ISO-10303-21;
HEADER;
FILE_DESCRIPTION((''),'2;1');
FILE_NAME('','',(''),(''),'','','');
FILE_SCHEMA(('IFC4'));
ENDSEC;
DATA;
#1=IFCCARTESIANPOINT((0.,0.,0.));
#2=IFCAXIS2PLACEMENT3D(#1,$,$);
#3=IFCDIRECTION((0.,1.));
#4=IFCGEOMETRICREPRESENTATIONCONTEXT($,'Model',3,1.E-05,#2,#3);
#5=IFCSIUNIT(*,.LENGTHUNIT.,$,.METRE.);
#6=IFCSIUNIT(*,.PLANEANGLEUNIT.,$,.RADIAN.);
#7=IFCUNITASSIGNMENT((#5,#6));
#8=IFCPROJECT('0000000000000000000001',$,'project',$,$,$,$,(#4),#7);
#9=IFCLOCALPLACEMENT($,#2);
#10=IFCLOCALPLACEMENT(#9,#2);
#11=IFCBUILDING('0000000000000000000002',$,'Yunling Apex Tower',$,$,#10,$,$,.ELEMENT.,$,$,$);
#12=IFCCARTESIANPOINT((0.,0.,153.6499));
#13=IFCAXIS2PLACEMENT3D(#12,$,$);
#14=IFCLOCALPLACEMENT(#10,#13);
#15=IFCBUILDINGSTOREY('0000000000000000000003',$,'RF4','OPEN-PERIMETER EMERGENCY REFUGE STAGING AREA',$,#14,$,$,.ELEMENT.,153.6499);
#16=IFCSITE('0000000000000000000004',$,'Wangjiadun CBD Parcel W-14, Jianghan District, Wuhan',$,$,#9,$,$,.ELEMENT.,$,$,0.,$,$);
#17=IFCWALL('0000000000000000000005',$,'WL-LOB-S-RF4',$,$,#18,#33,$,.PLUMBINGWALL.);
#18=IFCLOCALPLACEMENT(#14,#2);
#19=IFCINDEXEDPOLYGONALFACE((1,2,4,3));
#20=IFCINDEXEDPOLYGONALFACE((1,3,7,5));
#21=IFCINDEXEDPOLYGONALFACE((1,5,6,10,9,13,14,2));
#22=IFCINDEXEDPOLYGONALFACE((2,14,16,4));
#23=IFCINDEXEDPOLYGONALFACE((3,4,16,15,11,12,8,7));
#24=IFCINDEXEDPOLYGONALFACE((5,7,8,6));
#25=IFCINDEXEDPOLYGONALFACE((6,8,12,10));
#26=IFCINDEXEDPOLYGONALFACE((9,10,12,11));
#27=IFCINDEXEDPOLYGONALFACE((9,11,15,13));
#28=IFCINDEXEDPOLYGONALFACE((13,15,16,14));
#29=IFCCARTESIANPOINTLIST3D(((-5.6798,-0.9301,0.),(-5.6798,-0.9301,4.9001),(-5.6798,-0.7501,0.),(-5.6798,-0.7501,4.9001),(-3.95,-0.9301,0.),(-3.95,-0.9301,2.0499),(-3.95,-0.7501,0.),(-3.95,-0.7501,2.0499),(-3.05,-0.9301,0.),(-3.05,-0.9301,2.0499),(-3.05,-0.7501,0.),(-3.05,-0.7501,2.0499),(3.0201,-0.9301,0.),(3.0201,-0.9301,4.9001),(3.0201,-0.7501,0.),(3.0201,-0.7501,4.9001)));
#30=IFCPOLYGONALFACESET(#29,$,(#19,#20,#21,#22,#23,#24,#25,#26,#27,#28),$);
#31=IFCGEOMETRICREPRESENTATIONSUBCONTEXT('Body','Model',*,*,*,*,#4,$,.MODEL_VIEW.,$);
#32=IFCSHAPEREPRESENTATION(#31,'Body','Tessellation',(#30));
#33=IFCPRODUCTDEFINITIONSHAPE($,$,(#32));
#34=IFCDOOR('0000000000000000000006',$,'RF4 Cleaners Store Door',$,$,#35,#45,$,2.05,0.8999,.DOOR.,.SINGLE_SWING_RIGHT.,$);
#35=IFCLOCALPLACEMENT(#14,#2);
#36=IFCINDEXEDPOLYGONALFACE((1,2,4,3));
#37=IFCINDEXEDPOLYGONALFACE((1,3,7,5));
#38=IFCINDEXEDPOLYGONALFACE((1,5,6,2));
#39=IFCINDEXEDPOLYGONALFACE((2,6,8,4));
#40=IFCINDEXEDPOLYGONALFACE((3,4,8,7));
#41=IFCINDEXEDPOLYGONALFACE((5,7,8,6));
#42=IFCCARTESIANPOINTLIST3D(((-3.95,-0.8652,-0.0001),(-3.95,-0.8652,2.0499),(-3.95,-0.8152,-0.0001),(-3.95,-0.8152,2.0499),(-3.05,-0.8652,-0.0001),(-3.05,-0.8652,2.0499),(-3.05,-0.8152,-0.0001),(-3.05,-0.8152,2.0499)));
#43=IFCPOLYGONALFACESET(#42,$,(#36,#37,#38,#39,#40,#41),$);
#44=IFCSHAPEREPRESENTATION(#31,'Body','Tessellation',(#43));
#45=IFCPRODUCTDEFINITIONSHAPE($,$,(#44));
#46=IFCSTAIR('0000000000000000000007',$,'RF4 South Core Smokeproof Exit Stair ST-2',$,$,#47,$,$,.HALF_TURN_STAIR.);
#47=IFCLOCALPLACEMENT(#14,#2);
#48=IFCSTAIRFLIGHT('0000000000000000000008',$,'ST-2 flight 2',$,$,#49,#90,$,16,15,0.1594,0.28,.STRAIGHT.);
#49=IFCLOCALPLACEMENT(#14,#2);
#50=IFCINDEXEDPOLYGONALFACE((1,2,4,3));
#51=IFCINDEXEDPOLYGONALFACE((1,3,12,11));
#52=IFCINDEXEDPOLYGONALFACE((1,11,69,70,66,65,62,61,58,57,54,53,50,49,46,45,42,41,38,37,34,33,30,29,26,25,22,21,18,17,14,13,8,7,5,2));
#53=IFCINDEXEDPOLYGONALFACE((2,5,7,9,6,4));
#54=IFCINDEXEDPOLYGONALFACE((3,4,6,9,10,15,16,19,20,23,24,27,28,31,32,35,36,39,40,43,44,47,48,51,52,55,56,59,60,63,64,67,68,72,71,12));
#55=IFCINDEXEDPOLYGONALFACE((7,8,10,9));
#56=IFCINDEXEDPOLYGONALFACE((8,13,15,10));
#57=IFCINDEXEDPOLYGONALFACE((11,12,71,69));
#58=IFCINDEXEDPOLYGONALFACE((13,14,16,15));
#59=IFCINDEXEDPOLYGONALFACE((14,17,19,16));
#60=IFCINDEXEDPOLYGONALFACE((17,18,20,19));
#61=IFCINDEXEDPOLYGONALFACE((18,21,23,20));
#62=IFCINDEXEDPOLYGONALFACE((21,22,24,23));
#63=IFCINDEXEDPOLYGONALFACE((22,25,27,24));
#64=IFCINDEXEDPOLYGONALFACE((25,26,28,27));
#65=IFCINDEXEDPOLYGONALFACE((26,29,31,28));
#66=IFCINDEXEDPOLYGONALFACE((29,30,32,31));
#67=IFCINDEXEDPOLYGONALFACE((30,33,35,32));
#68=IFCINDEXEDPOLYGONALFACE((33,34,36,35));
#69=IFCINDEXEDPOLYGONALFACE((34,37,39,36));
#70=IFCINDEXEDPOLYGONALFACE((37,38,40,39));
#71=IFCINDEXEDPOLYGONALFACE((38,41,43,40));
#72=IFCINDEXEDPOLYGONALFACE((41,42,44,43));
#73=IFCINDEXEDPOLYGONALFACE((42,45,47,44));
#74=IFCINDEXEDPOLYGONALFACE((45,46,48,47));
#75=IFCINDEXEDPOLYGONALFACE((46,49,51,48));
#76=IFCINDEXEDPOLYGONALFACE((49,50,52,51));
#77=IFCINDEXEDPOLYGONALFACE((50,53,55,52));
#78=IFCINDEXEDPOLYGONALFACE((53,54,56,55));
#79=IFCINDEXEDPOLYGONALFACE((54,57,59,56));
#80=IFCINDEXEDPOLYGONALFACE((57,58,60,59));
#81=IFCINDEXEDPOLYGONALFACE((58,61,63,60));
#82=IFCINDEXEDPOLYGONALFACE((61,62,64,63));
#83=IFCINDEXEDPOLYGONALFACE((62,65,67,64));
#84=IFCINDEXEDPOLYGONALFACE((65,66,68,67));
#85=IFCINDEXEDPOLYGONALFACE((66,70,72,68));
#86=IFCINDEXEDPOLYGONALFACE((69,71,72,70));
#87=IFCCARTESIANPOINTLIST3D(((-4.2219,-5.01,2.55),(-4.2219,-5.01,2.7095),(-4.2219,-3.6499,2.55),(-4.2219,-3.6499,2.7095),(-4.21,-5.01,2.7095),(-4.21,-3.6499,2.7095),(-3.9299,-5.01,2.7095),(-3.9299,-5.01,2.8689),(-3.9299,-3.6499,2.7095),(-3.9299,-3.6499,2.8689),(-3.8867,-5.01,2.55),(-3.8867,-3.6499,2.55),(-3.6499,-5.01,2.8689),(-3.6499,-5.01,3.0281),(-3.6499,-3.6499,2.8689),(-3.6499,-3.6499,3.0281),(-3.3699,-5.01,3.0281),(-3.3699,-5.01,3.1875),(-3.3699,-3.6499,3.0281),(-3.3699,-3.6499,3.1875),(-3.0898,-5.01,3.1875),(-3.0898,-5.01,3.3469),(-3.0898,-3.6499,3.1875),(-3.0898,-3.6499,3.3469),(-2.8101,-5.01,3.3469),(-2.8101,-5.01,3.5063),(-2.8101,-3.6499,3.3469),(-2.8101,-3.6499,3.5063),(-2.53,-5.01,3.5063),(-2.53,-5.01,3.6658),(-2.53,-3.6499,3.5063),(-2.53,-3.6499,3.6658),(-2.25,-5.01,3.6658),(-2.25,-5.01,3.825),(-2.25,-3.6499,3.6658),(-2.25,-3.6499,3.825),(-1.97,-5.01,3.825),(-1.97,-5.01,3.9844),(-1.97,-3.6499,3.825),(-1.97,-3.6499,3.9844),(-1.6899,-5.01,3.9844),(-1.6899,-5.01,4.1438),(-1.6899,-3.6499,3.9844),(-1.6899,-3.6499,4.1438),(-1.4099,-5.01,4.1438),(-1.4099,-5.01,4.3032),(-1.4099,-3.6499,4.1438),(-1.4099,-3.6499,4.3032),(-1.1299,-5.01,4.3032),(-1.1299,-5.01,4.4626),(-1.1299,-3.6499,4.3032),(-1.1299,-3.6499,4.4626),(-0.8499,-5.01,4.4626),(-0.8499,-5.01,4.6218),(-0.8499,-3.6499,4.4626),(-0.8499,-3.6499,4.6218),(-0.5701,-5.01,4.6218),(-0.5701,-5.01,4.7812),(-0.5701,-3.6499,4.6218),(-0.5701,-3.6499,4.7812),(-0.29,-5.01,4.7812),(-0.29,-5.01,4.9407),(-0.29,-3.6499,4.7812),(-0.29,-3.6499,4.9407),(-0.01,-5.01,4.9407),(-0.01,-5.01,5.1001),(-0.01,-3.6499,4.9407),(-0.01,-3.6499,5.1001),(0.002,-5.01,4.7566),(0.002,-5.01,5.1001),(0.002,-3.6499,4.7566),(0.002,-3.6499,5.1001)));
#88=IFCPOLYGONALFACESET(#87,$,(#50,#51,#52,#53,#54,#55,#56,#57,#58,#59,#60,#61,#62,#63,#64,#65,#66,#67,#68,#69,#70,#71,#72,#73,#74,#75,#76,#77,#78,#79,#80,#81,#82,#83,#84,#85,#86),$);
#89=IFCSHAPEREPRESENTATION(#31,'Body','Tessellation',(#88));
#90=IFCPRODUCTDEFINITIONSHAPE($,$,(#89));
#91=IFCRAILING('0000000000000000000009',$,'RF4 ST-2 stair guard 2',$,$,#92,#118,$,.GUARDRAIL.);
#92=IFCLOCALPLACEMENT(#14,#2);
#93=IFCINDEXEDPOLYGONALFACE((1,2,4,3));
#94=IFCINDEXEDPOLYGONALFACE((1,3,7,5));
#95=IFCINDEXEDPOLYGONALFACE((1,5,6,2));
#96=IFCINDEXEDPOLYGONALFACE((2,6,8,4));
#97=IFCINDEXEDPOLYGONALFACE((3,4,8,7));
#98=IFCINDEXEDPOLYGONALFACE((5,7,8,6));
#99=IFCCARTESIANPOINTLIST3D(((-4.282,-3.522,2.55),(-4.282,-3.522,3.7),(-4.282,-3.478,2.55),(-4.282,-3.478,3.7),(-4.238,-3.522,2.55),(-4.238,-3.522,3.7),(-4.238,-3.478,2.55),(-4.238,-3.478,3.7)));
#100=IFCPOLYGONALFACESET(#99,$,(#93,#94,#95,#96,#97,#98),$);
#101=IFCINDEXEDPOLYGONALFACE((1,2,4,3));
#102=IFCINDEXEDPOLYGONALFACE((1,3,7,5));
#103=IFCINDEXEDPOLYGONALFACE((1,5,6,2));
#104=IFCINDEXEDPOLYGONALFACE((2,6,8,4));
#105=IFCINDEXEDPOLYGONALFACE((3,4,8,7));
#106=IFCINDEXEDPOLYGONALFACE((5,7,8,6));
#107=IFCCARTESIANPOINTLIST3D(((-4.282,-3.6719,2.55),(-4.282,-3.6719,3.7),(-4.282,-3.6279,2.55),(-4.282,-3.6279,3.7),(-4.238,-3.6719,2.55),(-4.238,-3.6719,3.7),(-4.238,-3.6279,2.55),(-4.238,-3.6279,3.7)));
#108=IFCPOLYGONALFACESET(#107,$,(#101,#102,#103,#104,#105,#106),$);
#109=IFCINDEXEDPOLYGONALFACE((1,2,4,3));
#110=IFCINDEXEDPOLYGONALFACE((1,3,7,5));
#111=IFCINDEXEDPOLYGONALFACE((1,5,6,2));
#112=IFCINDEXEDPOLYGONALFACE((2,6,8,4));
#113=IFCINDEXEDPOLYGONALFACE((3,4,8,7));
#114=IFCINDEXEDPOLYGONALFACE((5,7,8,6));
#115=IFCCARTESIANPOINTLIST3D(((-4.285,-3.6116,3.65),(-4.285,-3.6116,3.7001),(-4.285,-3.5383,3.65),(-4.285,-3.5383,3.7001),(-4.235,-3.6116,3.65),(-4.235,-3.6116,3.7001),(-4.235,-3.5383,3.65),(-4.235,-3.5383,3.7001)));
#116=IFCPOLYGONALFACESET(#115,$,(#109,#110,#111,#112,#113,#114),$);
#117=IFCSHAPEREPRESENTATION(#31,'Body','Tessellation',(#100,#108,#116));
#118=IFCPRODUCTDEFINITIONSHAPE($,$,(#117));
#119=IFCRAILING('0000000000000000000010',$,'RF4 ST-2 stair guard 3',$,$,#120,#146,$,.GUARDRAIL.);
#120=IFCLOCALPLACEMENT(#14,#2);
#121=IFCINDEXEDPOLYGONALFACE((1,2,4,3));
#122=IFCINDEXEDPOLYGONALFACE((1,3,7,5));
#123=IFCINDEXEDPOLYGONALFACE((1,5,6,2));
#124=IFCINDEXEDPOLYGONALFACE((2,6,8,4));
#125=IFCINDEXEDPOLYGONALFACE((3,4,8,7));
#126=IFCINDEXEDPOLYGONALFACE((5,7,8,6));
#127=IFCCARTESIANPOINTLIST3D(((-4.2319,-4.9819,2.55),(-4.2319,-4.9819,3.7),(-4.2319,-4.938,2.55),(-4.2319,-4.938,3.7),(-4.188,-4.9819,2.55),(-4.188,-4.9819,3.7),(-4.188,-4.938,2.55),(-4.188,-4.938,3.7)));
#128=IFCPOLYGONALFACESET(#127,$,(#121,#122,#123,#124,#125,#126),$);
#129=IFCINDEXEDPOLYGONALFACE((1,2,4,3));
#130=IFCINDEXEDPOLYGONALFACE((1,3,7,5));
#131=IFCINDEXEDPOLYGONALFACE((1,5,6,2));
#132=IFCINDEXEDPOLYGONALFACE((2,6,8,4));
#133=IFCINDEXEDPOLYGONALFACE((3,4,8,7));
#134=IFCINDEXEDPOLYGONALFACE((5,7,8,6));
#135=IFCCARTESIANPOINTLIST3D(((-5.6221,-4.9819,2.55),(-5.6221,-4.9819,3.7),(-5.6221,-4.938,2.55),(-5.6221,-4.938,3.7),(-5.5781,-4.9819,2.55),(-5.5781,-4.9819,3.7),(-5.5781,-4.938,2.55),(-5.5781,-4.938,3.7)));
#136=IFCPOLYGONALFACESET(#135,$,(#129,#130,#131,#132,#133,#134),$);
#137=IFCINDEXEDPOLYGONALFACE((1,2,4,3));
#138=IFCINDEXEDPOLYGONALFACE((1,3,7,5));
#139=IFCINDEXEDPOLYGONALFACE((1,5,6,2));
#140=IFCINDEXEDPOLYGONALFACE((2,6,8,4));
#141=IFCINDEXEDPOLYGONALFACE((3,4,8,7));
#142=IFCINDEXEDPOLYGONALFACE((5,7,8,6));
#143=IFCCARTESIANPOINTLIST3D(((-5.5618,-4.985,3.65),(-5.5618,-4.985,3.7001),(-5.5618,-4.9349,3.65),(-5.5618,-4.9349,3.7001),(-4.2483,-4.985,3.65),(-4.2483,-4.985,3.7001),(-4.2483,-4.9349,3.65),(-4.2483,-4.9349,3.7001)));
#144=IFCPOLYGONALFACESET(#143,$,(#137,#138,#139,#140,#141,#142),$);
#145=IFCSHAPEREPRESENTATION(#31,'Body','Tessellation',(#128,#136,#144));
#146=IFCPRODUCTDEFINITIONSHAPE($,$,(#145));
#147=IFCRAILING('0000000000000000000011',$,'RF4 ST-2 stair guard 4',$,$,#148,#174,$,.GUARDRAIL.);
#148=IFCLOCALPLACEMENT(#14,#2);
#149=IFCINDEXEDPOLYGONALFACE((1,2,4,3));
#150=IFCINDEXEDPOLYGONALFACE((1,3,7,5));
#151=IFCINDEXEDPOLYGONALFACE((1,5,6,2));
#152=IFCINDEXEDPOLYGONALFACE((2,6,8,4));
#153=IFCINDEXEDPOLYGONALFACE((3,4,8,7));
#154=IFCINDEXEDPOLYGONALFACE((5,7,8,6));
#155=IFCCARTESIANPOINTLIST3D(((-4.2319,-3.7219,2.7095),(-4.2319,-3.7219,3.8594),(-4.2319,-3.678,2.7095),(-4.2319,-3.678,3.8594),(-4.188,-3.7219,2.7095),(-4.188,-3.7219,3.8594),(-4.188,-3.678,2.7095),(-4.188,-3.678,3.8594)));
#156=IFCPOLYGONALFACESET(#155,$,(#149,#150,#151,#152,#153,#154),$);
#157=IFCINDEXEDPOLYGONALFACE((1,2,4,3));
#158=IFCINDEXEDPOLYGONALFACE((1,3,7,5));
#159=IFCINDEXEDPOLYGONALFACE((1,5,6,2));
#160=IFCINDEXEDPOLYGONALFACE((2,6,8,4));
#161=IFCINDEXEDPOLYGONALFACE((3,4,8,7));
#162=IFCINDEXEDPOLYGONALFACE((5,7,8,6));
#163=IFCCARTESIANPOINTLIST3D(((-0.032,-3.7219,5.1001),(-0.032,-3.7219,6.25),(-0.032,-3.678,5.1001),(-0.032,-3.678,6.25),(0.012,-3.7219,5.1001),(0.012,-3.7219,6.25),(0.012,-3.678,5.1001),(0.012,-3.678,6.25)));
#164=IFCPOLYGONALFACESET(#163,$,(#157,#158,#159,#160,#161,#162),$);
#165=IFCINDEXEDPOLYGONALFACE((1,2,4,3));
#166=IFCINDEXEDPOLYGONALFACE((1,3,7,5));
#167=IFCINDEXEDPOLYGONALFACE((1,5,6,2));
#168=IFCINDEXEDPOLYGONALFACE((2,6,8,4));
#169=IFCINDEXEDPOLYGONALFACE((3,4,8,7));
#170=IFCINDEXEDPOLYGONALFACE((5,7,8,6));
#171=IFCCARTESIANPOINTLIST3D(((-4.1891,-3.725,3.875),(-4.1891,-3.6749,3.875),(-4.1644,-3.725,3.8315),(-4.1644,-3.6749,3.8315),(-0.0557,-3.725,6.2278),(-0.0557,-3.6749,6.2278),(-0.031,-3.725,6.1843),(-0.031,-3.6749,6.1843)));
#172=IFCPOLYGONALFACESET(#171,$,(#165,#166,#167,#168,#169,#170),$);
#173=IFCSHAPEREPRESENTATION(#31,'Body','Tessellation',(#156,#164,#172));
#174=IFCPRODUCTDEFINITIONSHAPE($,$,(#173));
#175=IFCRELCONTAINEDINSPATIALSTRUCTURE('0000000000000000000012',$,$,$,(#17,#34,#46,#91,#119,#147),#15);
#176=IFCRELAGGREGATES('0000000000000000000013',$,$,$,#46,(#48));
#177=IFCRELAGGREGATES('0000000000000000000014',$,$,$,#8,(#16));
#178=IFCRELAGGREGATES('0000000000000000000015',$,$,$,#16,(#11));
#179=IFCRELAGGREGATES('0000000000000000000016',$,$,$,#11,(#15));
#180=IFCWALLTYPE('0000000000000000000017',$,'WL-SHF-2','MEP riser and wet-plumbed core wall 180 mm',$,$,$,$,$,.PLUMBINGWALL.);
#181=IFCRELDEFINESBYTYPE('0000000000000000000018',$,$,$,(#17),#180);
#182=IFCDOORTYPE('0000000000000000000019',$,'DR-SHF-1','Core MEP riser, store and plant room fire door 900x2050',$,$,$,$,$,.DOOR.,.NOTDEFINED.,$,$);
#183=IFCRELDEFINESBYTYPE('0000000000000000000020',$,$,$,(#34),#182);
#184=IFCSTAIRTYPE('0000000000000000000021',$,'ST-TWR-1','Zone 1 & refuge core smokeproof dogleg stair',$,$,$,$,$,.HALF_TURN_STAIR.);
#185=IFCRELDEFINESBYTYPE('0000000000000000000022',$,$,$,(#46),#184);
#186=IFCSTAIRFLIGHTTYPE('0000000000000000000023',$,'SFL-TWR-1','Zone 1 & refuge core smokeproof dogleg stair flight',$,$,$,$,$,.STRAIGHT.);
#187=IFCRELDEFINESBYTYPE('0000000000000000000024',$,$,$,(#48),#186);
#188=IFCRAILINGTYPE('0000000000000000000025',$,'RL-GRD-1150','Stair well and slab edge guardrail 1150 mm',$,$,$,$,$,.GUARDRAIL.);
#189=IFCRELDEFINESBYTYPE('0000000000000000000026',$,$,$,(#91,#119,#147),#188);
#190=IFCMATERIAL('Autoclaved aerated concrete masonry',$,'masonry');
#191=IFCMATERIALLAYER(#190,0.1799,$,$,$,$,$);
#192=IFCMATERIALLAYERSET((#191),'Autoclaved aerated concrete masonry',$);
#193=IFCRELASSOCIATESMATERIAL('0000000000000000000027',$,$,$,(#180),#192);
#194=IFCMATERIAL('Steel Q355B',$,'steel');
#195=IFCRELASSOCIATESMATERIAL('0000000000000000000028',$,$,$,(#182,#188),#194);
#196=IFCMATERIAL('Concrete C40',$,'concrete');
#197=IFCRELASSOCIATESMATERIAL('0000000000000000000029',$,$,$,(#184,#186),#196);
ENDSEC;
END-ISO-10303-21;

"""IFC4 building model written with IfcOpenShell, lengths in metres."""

from ifc_helpers import new_model, si_unit, direction, frame, frame_2d, origin, origin_2d, place, context, subcontext, project, spatial, polyline, rectangle, outline, extrude, material, layer, layer_set, type_object, element, fill, aggregate, save


model = new_model("IFC4")

# Units and contexts
model_context = context("Model", 3, precision=1e-05, world=origin(), true_north=direction((0.0, 1.0)))
body_context = subcontext(model_context, "Body", "Model", "MODEL_VIEW")
ifc_project = project(units=[si_unit("LENGTHUNIT", "METRE"), si_unit("PLANEANGLEUNIT", "RADIAN")], contexts=[model_context])

# Site, building, storey
site_placement = place(None, origin())
site = spatial("IfcSite", under=ifc_project, at=site_placement, Name="Wangjiadun CBD Parcel W-14, Jianghan District, Wuhan", CompositionType="ELEMENT", RefElevation=0.0)
building_placement = place(site_placement, origin())
building = spatial("IfcBuilding", under=site, at=building_placement, Name="Yunling Apex Tower", CompositionType="ELEMENT")
storey_placement = place(building_placement, frame((0.0, 0.0, 153.6499)))
storey = spatial("IfcBuildingStorey", under=building, at=storey_placement, Name="RF4", Description="OPEN-PERIMETER EMERGENCY REFUGE STAGING AREA", CompositionType="ELEMENT", Elevation=153.6499)

# Shared definitions
ifc_material_1 = material(Name="Steel Q355B", Category="steel")

# Shared definitions
ifc_material_2 = material(Name="Concrete C40", Category="concrete")

# Wall, opening, door
ifc_material_3 = material(Name="Autoclaved aerated concrete masonry", Category="masonry")
ifc_layer_1 = layer(ifc_material_3, 0.1799)
ifc_layer_set_1 = layer_set([ifc_layer_1], Name="Autoclaved aerated concrete masonry")
wall_type_1 = type_object("IfcWallType", Name="WL-SHF-2", Description="MEP riser and wet-plumbed core wall 180 mm", PredefinedType="PLUMBINGWALL", material=ifc_layer_set_1)
wall_1_placement = place(storey_placement, frame((-5.6799, -0.8401, 0.0), z_axis=(0.0, 0.0, 1.0), x_axis=(1.0, 0.0, 0.0)))
wall_1 = element("IfcWall", 1, at=wall_1_placement, inside=storey, type_object=wall_type_1, Name="WL-LOB-S-RF4", PredefinedType="PLUMBINGWALL", context=body_context, shape_type="SweptSolid", body=[
    extrude(rectangle(XDim=8.7, YDim=0.1799, at=frame_2d((4.3501, 0.0))), origin(), (0.0, 0.0, 1.0), 4.9001),
])
opening_1_placement = place(wall_1_placement, frame((1.73, 0.0, 0.0)))
opening_1 = element("IfcOpeningElement", 2, at=opening_1_placement, cuts=wall_1, PredefinedType="OPENING", context=body_context, shape_type="SweptSolid", body=[
    extrude(rectangle(XDim=0.8999, YDim=2.05, at=frame_2d((0.45, 1.0249))), frame((0.0, 0.1001, 0.0), z_axis=(0.0, -1.0, 0.0), x_axis=(1.0, 0.0, 0.0)), (0.0, 0.0, 1.0), 0.2),
])
door_type_1 = type_object("IfcDoorType", Name="DR-SHF-1", Description="Core MEP riser, store and plant room fire door 900x2050", OperationType="NOTDEFINED", PredefinedType="DOOR", material=ifc_material_1)
door_1_placement = place(opening_1_placement, origin())
door_1 = element("IfcDoor", 3, at=door_1_placement, inside=storey, type_object=door_type_1, Name="RF4 Cleaners Store Door", OperationType="SINGLE_SWING_RIGHT", OverallHeight=2.05, OverallWidth=0.8999, PredefinedType="DOOR", context=body_context, shape_type="SweptSolid", body=[
    extrude(rectangle(XDim=0.8999, YDim=2.05, at=frame_2d((0.45, 1.0249))), frame((0.0, 0.0249, 0.0), z_axis=(0.0, -1.0, 0.0), x_axis=(1.0, 0.0, 0.0)), (0.0, 0.0, 1.0), 0.05),
])
fill(opening_1, door_1)

# Stair, stair flight
stair_type = type_object("IfcStairType", Name="ST-TWR-1", Description="Zone 1 & refuge core smokeproof dogleg stair", PredefinedType="HALF_TURN_STAIR", material=ifc_material_2)
stair_placement = place(storey_placement, origin())
stair = element("IfcStair", 4, at=stair_placement, inside=storey, type_object=stair_type, Name="RF4 South Core Smokeproof Exit Stair ST-2", PredefinedType="HALF_TURN_STAIR")
stair_flight_type = type_object("IfcStairFlightType", Name="SFL-TWR-1", Description="Zone 1 & refuge core smokeproof dogleg stair flight", PredefinedType="STRAIGHT", material=ifc_material_2)
stair_flight_placement = place(storey_placement, frame((-4.21, -4.3301, 2.55), z_axis=(0.0, 0.0, 1.0), x_axis=(1.0, 0.0, 0.0)))
stair_flight = element("IfcStairFlight", 5, at=stair_flight_placement, type_object=stair_flight_type, Name="ST-2 flight 2", NumberOfRisers=16, NumberOfTreads=15, PredefinedType="STRAIGHT", RiserHeight=0.1594, TreadLength=0.28, context=body_context, shape_type="SweptSolid", body=[
    extrude(outline(polyline([(-0.012, 0.0), (-0.012, 0.1594), (0.0, 0.1594), (0.28, 0.1594), (0.28, 0.3188), (0.5601, 0.3188), (0.5601, 0.478), (0.8401, 0.478), (0.8401, 0.6375), (1.1201, 0.6375), (1.1201, 0.7969), (1.3999, 0.7969), (1.3999, 0.9563), (1.6799, 0.9563), (1.6799, 1.1157), (1.96, 1.1157), (1.96, 1.2749), (2.24, 1.2749), (2.24, 1.4343), (2.52, 1.4343), (2.52, 1.5938), (2.8, 1.5938), (2.8, 1.7532), (3.0801, 1.7532), (3.0801, 1.9126), (3.3601, 1.9126), (3.3601, 2.0718), (3.6399, 2.0718), (3.6399, 2.2312), (3.9199, 2.2312), (3.9199, 2.3906), (4.2, 2.3906), (4.2, 2.55), (4.2119, 2.55), (4.2119, 2.2065), (0.3232, 0.0), (-0.012, 0.0)])), frame((0.0, 0.6802, 0.0), z_axis=(0.0, -1.0, 0.0), x_axis=(1.0, 0.0, 0.0)), (0.0, 0.0, 1.0), 1.3601),
])
aggregate(stair, [stair_flight])

# Railings
railing_type_1 = type_object("IfcRailingType", Name="RL-GRD-1150", Description="Stair well and slab edge guardrail 1150 mm", PredefinedType="GUARDRAIL", material=ifc_material_1)
railing_1_placement = place(storey_placement, frame((-4.26, -3.5, 2.55)))
element("IfcRailing", 6, at=railing_1_placement, inside=storey, type_object=railing_type_1, Name="RF4 ST-2 stair guard 2", PredefinedType="GUARDRAIL", context=body_context, shape_type="SweptSolid", body=[
    extrude(rectangle(XDim=0.0439, YDim=0.0439, at=origin_2d()), origin(), (0.0, 0.0, 1.0), 1.1499),
    extrude(rectangle(XDim=0.0439, YDim=0.0439, at=origin_2d()), frame((0.0, -0.1499, 0.0)), (0.0, 0.0, 1.0), 1.1499),
    extrude(rectangle(XDim=0.05, YDim=0.05, at=origin_2d()), frame((0.0, -0.0383, 1.125), z_axis=(0.0, -1.0, 0.0), x_axis=(1.0, 0.0, 0.0)), (0.0, 0.0, 1.0), 0.0732),
])
railing_2_placement = place(storey_placement, frame((-4.21, -4.96, 2.55)))
element("IfcRailing", 7, at=railing_2_placement, inside=storey, type_object=railing_type_1, Name="RF4 ST-2 stair guard 3", PredefinedType="GUARDRAIL", context=body_context, shape_type="SweptSolid", body=[
    extrude(rectangle(XDim=0.0439, YDim=0.0439, at=origin_2d()), origin(), (0.0, 0.0, 1.0), 1.1499),
    extrude(rectangle(XDim=0.0439, YDim=0.0439, at=origin_2d()), frame((-1.3901, 0.0, 0.0)), (0.0, 0.0, 1.0), 1.1499),
    extrude(rectangle(XDim=0.05, YDim=0.05, at=origin_2d()), frame((-0.0383, 0.0, 1.125), z_axis=(-1.0, 0.0, 0.0), x_axis=(0.0, -1.0, 0.0)), (0.0, 0.0, 1.0), 1.3135),
])
railing_3_placement = place(storey_placement, frame((-4.21, -3.7, 2.7095)))
element("IfcRailing", 8, at=railing_3_placement, inside=storey, type_object=railing_type_1, Name="RF4 ST-2 stair guard 4", PredefinedType="GUARDRAIL", context=body_context, shape_type="SweptSolid", body=[
    extrude(rectangle(XDim=0.0439, YDim=0.0439, at=origin_2d()), origin(), (0.0, 0.0, 1.0), 1.1499),
    extrude(rectangle(XDim=0.0439, YDim=0.0439, at=origin_2d()), frame((4.2, 0.0, 2.3906)), (0.0, 0.0, 1.0), 1.1499),
    extrude(rectangle(XDim=0.05, YDim=0.05, at=origin_2d()), frame((0.0332, 0.0, 1.1438), z_axis=(0.869075, 0.0, 0.49468), x_axis=(0.0, 1.0, 0.0)), (0.0, 0.0, 1.0), 4.7561),
])

save(model, "model.ifc")
